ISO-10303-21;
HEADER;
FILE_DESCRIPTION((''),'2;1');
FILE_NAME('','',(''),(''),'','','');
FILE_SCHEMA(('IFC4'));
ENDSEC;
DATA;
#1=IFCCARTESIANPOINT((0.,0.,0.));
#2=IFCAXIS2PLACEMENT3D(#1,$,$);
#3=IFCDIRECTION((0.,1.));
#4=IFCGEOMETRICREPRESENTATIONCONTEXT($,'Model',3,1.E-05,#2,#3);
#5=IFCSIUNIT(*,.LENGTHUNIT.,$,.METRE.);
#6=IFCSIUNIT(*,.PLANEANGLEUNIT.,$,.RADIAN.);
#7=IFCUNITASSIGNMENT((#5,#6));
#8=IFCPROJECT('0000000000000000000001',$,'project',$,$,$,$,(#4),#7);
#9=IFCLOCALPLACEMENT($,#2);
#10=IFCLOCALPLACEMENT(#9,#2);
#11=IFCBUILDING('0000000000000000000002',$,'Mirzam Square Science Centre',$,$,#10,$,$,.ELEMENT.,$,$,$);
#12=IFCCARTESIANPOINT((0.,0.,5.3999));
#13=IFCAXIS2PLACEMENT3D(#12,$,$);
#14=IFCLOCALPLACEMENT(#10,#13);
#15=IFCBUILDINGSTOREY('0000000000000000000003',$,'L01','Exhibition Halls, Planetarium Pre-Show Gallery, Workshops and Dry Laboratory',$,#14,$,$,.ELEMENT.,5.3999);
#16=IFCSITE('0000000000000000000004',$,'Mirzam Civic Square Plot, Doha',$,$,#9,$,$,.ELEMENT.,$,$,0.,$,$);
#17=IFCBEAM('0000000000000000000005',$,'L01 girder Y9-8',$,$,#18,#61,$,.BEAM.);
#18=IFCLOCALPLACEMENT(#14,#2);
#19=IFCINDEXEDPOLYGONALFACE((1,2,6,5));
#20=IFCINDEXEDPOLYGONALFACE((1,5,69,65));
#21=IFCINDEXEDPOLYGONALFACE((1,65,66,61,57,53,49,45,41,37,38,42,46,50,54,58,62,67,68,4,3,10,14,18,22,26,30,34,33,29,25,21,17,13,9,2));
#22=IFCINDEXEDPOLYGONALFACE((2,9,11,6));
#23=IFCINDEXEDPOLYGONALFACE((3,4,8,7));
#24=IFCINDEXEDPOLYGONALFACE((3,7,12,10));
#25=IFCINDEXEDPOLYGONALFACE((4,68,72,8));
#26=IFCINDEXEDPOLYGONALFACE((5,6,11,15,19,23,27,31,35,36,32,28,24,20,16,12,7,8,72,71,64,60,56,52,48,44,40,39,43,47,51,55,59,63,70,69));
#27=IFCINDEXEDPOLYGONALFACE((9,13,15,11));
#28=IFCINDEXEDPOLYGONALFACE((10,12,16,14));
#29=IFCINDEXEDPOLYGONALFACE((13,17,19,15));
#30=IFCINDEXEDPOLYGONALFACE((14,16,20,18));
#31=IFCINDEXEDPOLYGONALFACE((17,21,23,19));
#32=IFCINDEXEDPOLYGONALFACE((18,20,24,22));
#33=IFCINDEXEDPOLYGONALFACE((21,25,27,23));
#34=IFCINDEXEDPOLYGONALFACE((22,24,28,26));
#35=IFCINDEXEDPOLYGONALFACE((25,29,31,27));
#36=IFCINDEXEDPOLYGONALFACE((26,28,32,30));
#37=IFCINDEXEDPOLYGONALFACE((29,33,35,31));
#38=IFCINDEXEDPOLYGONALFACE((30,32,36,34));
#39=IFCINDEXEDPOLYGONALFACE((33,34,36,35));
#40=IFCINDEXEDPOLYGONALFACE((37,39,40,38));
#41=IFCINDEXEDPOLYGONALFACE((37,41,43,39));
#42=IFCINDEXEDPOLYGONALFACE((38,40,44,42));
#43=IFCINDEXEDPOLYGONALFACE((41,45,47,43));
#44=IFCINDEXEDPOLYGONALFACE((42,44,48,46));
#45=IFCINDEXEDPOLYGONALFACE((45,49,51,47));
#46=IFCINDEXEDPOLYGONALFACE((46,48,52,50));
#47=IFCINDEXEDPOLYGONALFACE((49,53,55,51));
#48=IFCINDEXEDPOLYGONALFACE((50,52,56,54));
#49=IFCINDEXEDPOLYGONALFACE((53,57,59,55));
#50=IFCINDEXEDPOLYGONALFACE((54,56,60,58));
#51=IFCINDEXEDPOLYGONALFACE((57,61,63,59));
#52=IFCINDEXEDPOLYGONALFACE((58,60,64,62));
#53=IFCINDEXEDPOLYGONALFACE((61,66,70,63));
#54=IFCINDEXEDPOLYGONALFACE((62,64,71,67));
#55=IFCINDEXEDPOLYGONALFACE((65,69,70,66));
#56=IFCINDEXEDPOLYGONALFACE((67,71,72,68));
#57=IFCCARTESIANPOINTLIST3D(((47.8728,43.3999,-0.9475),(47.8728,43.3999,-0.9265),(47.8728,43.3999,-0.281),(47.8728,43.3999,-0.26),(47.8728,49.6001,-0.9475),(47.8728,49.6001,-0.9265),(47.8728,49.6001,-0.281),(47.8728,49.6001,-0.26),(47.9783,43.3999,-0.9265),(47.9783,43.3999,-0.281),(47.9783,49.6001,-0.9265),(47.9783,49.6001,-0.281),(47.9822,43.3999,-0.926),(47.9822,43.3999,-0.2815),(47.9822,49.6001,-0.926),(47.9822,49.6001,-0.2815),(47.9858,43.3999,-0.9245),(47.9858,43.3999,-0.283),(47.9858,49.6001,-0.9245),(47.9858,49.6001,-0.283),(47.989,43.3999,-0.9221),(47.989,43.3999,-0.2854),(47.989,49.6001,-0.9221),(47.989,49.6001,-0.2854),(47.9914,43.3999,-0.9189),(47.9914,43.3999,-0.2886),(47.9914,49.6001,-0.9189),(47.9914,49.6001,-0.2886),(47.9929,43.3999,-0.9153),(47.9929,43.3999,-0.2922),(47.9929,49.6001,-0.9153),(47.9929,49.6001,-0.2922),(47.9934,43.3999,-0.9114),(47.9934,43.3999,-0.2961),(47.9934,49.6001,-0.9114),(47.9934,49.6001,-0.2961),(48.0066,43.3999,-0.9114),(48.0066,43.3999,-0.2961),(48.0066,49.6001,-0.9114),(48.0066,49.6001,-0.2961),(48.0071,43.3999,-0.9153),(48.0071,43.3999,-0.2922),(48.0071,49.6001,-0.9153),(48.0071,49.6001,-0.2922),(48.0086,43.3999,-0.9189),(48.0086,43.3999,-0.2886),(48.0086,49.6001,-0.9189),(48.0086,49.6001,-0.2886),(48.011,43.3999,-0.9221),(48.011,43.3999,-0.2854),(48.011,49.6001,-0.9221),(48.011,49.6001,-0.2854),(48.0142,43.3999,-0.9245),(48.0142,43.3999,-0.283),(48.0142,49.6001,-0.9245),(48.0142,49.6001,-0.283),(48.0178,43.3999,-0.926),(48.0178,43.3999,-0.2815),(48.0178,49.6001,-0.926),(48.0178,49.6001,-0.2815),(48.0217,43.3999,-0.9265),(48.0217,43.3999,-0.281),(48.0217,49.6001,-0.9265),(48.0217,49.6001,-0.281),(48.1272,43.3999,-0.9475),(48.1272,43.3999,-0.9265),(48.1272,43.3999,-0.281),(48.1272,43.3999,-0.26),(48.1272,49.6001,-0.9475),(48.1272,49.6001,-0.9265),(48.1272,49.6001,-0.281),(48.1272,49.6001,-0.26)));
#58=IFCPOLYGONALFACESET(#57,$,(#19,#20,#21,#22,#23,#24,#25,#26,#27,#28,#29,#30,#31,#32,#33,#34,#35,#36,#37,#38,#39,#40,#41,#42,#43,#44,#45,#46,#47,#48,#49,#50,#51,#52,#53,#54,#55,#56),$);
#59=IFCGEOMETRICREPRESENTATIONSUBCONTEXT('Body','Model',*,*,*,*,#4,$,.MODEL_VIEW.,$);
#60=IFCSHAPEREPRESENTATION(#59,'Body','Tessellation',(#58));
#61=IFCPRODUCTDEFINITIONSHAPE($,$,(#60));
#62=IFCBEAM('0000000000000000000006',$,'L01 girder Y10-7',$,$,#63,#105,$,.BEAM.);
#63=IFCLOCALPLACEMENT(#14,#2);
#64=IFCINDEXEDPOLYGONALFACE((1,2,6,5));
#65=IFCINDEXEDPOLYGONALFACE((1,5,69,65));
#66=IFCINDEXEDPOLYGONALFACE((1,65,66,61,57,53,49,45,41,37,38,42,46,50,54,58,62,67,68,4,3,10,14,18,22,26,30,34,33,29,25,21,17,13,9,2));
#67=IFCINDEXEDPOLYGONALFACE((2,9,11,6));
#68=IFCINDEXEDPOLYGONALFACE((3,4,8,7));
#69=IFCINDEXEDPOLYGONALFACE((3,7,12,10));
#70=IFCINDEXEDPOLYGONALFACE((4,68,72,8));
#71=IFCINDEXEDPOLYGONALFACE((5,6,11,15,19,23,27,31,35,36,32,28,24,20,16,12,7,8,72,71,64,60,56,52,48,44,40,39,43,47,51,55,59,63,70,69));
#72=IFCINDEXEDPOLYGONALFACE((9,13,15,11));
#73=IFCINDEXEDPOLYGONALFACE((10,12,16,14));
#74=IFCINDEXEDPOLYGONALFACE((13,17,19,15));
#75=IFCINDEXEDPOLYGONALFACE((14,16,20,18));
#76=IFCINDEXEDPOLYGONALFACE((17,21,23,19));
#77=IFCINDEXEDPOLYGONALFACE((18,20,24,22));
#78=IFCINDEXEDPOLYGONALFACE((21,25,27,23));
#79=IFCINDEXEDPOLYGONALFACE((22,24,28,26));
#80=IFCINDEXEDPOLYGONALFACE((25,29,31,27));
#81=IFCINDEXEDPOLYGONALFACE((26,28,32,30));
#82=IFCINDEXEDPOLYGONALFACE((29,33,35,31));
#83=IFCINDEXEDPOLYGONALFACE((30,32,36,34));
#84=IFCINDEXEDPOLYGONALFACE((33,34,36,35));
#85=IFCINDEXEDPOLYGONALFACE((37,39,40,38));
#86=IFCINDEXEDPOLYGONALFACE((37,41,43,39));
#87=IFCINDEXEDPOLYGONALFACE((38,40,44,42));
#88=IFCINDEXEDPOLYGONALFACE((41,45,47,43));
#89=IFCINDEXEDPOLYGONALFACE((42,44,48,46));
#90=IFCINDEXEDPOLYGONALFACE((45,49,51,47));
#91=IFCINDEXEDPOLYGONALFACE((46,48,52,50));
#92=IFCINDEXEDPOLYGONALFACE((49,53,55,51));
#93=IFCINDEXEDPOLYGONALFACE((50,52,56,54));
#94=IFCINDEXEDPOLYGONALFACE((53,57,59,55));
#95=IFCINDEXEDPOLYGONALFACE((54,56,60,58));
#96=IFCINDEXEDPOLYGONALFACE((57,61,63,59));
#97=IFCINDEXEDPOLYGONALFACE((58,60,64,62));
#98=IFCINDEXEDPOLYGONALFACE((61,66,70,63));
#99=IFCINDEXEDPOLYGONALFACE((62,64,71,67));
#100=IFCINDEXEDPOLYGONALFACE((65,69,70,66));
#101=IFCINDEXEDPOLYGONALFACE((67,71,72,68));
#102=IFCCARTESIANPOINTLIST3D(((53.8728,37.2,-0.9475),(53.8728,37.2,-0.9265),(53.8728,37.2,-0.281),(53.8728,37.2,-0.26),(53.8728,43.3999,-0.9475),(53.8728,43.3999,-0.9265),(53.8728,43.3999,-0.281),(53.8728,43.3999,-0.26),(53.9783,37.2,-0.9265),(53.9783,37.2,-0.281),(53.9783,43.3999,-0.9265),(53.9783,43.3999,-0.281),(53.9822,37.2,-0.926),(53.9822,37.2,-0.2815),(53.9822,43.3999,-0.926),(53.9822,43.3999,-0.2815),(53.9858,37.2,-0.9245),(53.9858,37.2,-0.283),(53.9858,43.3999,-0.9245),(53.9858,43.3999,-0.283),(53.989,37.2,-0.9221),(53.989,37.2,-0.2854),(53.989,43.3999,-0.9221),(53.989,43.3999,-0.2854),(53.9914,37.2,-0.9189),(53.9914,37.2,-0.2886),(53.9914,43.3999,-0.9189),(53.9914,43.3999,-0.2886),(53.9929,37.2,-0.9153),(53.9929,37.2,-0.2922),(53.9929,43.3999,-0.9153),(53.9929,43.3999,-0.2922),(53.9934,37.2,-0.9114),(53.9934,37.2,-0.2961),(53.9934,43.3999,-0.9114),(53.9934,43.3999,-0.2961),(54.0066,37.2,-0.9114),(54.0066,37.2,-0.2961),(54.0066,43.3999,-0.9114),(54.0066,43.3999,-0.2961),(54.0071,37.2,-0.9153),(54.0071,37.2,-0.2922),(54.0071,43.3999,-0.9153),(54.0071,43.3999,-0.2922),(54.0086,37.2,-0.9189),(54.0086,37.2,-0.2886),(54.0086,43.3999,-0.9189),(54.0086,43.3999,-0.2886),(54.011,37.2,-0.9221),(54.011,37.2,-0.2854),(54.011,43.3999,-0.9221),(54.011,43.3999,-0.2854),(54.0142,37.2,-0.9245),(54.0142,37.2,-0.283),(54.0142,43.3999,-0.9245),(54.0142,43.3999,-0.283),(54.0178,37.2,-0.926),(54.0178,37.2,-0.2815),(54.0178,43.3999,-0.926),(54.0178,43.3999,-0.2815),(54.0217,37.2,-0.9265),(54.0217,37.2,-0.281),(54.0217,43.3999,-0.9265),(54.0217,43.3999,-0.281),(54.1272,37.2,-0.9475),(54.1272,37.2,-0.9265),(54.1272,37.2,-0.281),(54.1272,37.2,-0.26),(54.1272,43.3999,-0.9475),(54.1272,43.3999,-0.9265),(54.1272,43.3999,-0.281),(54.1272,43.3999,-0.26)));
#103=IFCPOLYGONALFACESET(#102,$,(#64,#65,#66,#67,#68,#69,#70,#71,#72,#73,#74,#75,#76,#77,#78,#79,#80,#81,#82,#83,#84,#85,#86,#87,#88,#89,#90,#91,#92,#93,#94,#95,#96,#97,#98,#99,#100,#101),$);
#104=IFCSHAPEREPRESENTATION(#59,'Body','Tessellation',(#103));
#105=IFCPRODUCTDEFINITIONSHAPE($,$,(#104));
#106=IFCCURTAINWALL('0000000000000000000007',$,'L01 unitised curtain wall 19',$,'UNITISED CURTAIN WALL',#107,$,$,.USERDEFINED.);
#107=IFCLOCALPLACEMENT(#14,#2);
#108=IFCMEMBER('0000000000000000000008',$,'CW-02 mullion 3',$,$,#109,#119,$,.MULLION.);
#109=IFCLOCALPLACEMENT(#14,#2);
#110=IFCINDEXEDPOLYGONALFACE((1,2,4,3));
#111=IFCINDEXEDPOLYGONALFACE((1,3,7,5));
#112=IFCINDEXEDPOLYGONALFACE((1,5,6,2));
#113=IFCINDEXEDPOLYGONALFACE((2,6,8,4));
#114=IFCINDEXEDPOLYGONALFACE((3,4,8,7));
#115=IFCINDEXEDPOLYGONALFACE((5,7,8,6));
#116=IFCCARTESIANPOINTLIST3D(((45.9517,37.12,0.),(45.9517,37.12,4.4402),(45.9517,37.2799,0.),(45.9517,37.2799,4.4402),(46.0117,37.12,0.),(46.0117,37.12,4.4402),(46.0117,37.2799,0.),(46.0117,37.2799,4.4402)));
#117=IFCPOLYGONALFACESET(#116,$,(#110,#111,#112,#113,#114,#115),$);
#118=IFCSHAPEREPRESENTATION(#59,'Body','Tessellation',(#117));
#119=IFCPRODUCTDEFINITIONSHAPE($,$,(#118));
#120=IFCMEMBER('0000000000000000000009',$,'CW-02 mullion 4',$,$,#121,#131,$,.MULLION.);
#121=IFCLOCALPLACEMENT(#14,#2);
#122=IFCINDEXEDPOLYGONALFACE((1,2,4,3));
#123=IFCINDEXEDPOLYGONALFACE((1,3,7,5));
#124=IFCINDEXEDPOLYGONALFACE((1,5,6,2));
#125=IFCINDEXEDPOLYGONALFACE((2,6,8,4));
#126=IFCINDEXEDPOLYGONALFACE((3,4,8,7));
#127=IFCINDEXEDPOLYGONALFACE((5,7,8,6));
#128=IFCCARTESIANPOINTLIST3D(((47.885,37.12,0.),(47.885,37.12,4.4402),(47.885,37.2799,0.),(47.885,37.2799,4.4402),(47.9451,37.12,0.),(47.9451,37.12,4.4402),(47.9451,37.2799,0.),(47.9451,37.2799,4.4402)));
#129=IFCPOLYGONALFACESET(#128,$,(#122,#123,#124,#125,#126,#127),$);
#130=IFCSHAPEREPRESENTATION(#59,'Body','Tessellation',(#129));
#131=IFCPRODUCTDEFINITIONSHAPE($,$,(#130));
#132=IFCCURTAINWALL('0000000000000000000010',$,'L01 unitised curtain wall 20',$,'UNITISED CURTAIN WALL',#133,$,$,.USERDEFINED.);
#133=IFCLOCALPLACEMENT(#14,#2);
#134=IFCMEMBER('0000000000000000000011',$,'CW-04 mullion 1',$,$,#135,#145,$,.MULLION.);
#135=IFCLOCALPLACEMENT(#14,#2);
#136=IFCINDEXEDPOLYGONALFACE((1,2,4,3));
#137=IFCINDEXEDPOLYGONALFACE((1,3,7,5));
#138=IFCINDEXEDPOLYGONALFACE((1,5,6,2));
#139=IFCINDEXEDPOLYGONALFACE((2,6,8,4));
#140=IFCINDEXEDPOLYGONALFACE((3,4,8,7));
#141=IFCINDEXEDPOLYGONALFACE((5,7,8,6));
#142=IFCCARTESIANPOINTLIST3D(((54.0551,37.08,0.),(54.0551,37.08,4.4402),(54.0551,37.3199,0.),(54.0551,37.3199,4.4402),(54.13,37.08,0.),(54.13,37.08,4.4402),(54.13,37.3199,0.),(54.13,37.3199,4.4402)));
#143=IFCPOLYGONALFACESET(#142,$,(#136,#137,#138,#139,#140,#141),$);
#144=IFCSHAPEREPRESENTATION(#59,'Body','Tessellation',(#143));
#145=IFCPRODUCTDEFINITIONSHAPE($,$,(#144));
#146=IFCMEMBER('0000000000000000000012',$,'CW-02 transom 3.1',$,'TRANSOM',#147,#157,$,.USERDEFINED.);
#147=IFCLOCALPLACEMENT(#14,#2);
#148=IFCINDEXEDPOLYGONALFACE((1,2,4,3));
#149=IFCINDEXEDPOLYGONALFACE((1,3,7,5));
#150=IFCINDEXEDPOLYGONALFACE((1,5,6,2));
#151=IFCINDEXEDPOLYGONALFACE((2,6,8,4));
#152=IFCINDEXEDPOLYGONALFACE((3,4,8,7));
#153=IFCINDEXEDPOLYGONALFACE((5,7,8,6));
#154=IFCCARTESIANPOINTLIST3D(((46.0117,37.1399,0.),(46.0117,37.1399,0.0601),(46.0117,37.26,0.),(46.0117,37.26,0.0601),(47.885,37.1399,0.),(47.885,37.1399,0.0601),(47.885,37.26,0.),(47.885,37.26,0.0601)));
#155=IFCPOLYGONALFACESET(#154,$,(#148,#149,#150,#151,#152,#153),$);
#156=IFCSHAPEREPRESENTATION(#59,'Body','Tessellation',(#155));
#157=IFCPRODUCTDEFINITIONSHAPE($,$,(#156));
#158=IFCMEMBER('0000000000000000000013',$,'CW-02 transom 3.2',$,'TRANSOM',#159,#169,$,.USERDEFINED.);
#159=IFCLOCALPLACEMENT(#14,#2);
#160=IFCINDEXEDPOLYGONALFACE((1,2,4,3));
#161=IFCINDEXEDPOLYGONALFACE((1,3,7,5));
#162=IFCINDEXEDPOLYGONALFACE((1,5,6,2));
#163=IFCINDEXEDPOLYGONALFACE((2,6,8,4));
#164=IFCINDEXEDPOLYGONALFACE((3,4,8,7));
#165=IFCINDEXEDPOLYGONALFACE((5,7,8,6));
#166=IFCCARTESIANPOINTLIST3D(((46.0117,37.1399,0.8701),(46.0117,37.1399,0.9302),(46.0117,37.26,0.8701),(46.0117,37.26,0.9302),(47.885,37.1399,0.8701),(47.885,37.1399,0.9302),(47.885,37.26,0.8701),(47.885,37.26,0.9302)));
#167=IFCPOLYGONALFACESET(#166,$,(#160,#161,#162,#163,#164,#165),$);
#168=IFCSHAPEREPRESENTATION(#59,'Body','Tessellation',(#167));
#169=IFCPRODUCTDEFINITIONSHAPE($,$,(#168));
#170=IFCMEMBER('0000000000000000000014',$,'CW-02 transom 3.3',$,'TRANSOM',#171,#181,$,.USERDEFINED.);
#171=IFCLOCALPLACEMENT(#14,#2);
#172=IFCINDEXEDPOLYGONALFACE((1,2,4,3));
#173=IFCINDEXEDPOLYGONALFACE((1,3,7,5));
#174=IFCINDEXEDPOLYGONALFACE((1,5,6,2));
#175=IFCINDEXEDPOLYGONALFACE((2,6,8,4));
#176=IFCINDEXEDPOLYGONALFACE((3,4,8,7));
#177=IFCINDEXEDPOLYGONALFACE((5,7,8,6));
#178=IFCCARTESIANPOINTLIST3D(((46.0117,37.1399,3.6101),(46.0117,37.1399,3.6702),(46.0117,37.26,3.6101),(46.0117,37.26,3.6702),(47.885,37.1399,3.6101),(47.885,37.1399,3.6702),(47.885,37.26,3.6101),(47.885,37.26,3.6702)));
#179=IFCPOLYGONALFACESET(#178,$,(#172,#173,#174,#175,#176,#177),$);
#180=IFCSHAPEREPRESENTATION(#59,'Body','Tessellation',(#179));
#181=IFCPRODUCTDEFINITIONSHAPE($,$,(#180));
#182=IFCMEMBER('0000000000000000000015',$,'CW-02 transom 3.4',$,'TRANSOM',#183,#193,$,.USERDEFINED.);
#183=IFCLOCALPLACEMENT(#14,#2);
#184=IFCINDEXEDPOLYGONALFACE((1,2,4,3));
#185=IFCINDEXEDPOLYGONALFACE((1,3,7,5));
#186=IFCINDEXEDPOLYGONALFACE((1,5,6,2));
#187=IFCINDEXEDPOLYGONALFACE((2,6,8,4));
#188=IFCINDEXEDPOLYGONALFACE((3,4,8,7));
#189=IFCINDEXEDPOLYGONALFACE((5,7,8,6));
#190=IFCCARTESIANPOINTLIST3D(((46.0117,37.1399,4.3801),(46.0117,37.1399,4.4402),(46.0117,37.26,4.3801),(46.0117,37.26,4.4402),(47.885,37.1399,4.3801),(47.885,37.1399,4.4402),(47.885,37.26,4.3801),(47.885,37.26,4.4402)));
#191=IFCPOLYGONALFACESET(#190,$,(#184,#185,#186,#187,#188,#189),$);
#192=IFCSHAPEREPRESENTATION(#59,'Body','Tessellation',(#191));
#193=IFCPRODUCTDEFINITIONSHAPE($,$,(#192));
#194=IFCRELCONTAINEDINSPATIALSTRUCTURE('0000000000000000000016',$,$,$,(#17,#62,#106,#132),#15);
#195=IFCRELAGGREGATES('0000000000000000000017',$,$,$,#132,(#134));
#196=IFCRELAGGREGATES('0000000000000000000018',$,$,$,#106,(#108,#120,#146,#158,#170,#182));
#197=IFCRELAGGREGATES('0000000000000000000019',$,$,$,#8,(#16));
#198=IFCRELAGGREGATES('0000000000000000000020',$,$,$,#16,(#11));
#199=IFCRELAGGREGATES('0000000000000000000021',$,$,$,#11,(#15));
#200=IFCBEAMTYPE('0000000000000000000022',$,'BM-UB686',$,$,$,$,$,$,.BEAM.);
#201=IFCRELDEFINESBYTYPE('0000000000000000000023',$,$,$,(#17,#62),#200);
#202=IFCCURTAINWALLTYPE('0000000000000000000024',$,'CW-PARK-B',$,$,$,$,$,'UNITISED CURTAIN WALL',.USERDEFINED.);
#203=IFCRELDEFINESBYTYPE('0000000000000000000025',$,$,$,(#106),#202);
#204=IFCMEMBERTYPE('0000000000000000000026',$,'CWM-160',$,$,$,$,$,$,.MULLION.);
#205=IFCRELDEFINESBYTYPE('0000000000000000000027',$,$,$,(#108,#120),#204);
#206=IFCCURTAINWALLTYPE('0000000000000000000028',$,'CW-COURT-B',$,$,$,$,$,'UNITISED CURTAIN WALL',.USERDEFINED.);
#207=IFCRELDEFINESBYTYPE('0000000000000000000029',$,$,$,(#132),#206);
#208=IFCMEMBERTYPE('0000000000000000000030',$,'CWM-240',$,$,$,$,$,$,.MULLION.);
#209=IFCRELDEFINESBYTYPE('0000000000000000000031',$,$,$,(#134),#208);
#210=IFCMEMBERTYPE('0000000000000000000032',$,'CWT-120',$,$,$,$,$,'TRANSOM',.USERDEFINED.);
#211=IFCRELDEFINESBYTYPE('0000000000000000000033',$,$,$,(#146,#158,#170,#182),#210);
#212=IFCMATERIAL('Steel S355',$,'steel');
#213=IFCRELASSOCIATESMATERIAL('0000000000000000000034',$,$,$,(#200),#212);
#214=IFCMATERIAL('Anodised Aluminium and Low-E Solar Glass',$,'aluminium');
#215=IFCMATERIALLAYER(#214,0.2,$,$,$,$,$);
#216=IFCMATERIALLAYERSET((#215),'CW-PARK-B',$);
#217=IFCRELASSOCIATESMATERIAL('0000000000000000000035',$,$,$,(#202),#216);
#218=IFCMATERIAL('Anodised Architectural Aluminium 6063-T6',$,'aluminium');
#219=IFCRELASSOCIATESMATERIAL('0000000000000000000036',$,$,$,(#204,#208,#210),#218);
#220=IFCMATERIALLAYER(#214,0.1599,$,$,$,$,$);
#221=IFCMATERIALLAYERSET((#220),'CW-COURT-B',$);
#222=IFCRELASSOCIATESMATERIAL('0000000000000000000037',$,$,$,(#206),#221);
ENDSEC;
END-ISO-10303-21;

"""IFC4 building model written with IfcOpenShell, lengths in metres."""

from ifc_helpers import new_model, si_unit, direction, frame, origin, origin_2d, place, context, subcontext, project, spatial, rectangle, i_section, extrude, material, layer, layer_set, material_profile, profile_set, type_object, element, aggregate, save


model = new_model("IFC4")

# Units and contexts
model_context = context("Model", 3, precision=1e-05, world=origin(), true_north=direction((0.0, 1.0)))
body_context = subcontext(model_context, "Body", "Model", "MODEL_VIEW")
ifc_project = project(units=[si_unit("LENGTHUNIT", "METRE"), si_unit("PLANEANGLEUNIT", "RADIAN")], contexts=[model_context])

# Site, building, storey
site_placement = place(None, origin())
site = spatial("IfcSite", under=ifc_project, at=site_placement, Name="Mirzam Civic Square Plot, Doha", CompositionType="ELEMENT", RefElevation=0.0)
building_placement = place(site_placement, origin())
building = spatial("IfcBuilding", under=site, at=building_placement, Name="Mirzam Square Science Centre", CompositionType="ELEMENT")
storey_placement = place(building_placement, frame((0.0, 0.0, 5.3999)))
storey = spatial("IfcBuildingStorey", under=building, at=storey_placement, Name="L01", Description="Exhibition Halls, Planetarium Pre-Show Gallery, Workshops and Dry Laboratory", CompositionType="ELEMENT", Elevation=5.3999)

# Shared definitions
ifc_material_1 = material(Name="Steel S355", Category="steel")

# Beams
ifc_material_profile_1 = material_profile(ifc_material_1, i_section(OverallWidth=0.2544, OverallDepth=0.6875, WebThickness=0.0132, FlangeThickness=0.021, FilletRadius=0.0151, at=origin_2d()), Name="686x254x152UB")
ifc_profile_set_1 = profile_set([ifc_material_profile_1], Name="Steel S355")
beam_type_1 = type_object("IfcBeamType", Name="BM-UB686", PredefinedType="BEAM", material=ifc_profile_set_1)
beam_1_placement = place(storey_placement, frame((48.0, 43.3999, -0.6038), z_axis=(0.0, 1.0, 0.0), x_axis=(-1.0, 0.0, 0.0)))
element("IfcBeam", 1, at=beam_1_placement, inside=storey, type_object=beam_type_1, Name="L01 girder Y9-8", PredefinedType="BEAM", context=body_context, shape_type="SweptSolid", body=[
    extrude(i_section(OverallWidth=0.2544, OverallDepth=0.6875, WebThickness=0.0132, FlangeThickness=0.021, FilletRadius=0.0151, at=origin_2d()), origin(), (0.0, 0.0, 1.0), 6.2002),
])
beam_2_placement = place(storey_placement, frame((54.0, 37.2, -0.6038), z_axis=(0.0, 1.0, 0.0), x_axis=(-1.0, 0.0, 0.0)))
element("IfcBeam", 2, at=beam_2_placement, inside=storey, type_object=beam_type_1, Name="L01 girder Y10-7", PredefinedType="BEAM", context=body_context, shape_type="SweptSolid", body=[
    extrude(i_section(OverallWidth=0.2544, OverallDepth=0.6875, WebThickness=0.0132, FlangeThickness=0.021, FilletRadius=0.0151, at=origin_2d()), origin(), (0.0, 0.0, 1.0), 6.2),
])

# Curtain wall, members
ifc_material_2 = material(Name="Anodised Aluminium and Low-E Solar Glass", Category="aluminium")
ifc_layer_1 = layer(ifc_material_2, 0.2)
ifc_layer_set_1 = layer_set([ifc_layer_1], Name="CW-PARK-B")
curtain_wall_type_1 = type_object("IfcCurtainWallType", Name="CW-PARK-B", ElementType="UNITISED CURTAIN WALL", PredefinedType="USERDEFINED", material=ifc_layer_set_1)
curtain_wall_1_placement = place(storey_placement, origin())
curtain_wall_1 = element("IfcCurtainWall", 3, at=curtain_wall_1_placement, inside=storey, type_object=curtain_wall_type_1, Name="L01 unitised curtain wall 19", ObjectType="UNITISED CURTAIN WALL", PredefinedType="USERDEFINED")
ifc_material_3 = material(Name="Anodised Architectural Aluminium 6063-T6", Category="aluminium")
ifc_material_profile_2 = material_profile(ifc_material_3, rectangle(XDim=0.0601, YDim=0.1599, at=origin_2d()), Name="ALU-MULL-160x60x4")
ifc_profile_set_2 = profile_set([ifc_material_profile_2], Name="Anodised Architectural Aluminium 6063-T6")
member_type_1 = type_object("IfcMemberType", Name="CWM-160", PredefinedType="MULLION", material=ifc_profile_set_2)
member_1_placement = place(storey_placement, frame((45.9817, 37.2, 0.0), z_axis=(0.0, 0.0, 1.0), x_axis=(1.0, 0.0, 0.0)))
member_1 = element("IfcMember", 4, at=member_1_placement, type_object=member_type_1, Name="CW-02 mullion 3", PredefinedType="MULLION", context=body_context, shape_type="SweptSolid", body=[
    extrude(rectangle(XDim=0.0601, YDim=0.1599, at=origin_2d()), origin(), (0.0, 0.0, 1.0), 4.4402),
])
member_2_placement = place(storey_placement, frame((47.915, 37.2, 0.0), z_axis=(0.0, 0.0, 1.0), x_axis=(1.0, 0.0, 0.0)))
member_2 = element("IfcMember", 5, at=member_2_placement, type_object=member_type_1, Name="CW-02 mullion 4", PredefinedType="MULLION", context=body_context, shape_type="SweptSolid", body=[
    extrude(rectangle(XDim=0.0601, YDim=0.1599, at=origin_2d()), origin(), (0.0, 0.0, 1.0), 4.4402),
])

# Curtain wall, member
ifc_layer_2 = layer(ifc_material_2, 0.1599)
ifc_layer_set_2 = layer_set([ifc_layer_2], Name="CW-COURT-B")
curtain_wall_type_2 = type_object("IfcCurtainWallType", Name="CW-COURT-B", ElementType="UNITISED CURTAIN WALL", PredefinedType="USERDEFINED", material=ifc_layer_set_2)
curtain_wall_2_placement = place(storey_placement, origin())
curtain_wall_2 = element("IfcCurtainWall", 6, at=curtain_wall_2_placement, inside=storey, type_object=curtain_wall_type_2, Name="L01 unitised curtain wall 20", ObjectType="UNITISED CURTAIN WALL", PredefinedType="USERDEFINED")
ifc_material_profile_3 = material_profile(ifc_material_3, rectangle(XDim=0.075, YDim=0.24, at=origin_2d()), Name="ALU-MULL-240x75x5")
ifc_profile_set_3 = profile_set([ifc_material_profile_3], Name="Anodised Architectural Aluminium 6063-T6")
member_type_2 = type_object("IfcMemberType", Name="CWM-240", PredefinedType="MULLION", material=ifc_profile_set_3)
member_3_placement = place(storey_placement, frame((54.0925, 37.2, 0.0), z_axis=(0.0, 0.0, 1.0), x_axis=(1.0, 0.0, 0.0)))
member_3 = element("IfcMember", 7, at=member_3_placement, type_object=member_type_2, Name="CW-04 mullion 1", PredefinedType="MULLION", context=body_context, shape_type="SweptSolid", body=[
    extrude(rectangle(XDim=0.075, YDim=0.24, at=origin_2d()), origin(), (0.0, 0.0, 1.0), 4.4402),
])
aggregate(curtain_wall_2, [member_3])

# Members
ifc_material_profile_4 = material_profile(ifc_material_3, rectangle(XDim=0.1201, YDim=0.0601, at=origin_2d()), Name="ALU-TRAN-120x60x4")
ifc_profile_set_4 = profile_set([ifc_material_profile_4], Name="Anodised Architectural Aluminium 6063-T6")
member_type_3 = type_object("IfcMemberType", Name="CWT-120", ElementType="TRANSOM", PredefinedType="USERDEFINED", material=ifc_profile_set_4)
member_4_placement = place(storey_placement, frame((46.0117, 37.2, 0.03), z_axis=(1.0, 0.0, 0.0), x_axis=(0.0, 1.0, 0.0)))
member_4 = element("IfcMember", 8, at=member_4_placement, type_object=member_type_3, Name="CW-02 transom 3.1", ObjectType="TRANSOM", PredefinedType="USERDEFINED", context=body_context, shape_type="SweptSolid", body=[
    extrude(rectangle(XDim=0.1201, YDim=0.0601, at=origin_2d()), origin(), (0.0, 0.0, 1.0), 1.8733),
])
member_5_placement = place(storey_placement, frame((46.0117, 37.2, 0.9001), z_axis=(1.0, 0.0, 0.0), x_axis=(0.0, 1.0, 0.0)))
member_5 = element("IfcMember", 9, at=member_5_placement, type_object=member_type_3, Name="CW-02 transom 3.2", ObjectType="TRANSOM", PredefinedType="USERDEFINED", context=body_context, shape_type="SweptSolid", body=[
    extrude(rectangle(XDim=0.1201, YDim=0.0601, at=origin_2d()), origin(), (0.0, 0.0, 1.0), 1.8733),
])
member_6_placement = place(storey_placement, frame((46.0117, 37.2, 3.6401), z_axis=(1.0, 0.0, 0.0), x_axis=(0.0, 1.0, 0.0)))
member_6 = element("IfcMember", 10, at=member_6_placement, type_object=member_type_3, Name="CW-02 transom 3.3", ObjectType="TRANSOM", PredefinedType="USERDEFINED", context=body_context, shape_type="SweptSolid", body=[
    extrude(rectangle(XDim=0.1201, YDim=0.0601, at=origin_2d()), origin(), (0.0, 0.0, 1.0), 1.8733),
])
member_7_placement = place(storey_placement, frame((46.0117, 37.2, 4.4102), z_axis=(1.0, 0.0, 0.0), x_axis=(0.0, 1.0, 0.0)))
member_7 = element("IfcMember", 11, at=member_7_placement, type_object=member_type_3, Name="CW-02 transom 3.4", ObjectType="TRANSOM", PredefinedType="USERDEFINED", context=body_context, shape_type="SweptSolid", body=[
    extrude(rectangle(XDim=0.1201, YDim=0.0601, at=origin_2d()), origin(), (0.0, 0.0, 1.0), 1.8733),
])

aggregate(curtain_wall_1, [member_1, member_2, member_4, member_5, member_6, member_7])

save(model, "model.ifc")
